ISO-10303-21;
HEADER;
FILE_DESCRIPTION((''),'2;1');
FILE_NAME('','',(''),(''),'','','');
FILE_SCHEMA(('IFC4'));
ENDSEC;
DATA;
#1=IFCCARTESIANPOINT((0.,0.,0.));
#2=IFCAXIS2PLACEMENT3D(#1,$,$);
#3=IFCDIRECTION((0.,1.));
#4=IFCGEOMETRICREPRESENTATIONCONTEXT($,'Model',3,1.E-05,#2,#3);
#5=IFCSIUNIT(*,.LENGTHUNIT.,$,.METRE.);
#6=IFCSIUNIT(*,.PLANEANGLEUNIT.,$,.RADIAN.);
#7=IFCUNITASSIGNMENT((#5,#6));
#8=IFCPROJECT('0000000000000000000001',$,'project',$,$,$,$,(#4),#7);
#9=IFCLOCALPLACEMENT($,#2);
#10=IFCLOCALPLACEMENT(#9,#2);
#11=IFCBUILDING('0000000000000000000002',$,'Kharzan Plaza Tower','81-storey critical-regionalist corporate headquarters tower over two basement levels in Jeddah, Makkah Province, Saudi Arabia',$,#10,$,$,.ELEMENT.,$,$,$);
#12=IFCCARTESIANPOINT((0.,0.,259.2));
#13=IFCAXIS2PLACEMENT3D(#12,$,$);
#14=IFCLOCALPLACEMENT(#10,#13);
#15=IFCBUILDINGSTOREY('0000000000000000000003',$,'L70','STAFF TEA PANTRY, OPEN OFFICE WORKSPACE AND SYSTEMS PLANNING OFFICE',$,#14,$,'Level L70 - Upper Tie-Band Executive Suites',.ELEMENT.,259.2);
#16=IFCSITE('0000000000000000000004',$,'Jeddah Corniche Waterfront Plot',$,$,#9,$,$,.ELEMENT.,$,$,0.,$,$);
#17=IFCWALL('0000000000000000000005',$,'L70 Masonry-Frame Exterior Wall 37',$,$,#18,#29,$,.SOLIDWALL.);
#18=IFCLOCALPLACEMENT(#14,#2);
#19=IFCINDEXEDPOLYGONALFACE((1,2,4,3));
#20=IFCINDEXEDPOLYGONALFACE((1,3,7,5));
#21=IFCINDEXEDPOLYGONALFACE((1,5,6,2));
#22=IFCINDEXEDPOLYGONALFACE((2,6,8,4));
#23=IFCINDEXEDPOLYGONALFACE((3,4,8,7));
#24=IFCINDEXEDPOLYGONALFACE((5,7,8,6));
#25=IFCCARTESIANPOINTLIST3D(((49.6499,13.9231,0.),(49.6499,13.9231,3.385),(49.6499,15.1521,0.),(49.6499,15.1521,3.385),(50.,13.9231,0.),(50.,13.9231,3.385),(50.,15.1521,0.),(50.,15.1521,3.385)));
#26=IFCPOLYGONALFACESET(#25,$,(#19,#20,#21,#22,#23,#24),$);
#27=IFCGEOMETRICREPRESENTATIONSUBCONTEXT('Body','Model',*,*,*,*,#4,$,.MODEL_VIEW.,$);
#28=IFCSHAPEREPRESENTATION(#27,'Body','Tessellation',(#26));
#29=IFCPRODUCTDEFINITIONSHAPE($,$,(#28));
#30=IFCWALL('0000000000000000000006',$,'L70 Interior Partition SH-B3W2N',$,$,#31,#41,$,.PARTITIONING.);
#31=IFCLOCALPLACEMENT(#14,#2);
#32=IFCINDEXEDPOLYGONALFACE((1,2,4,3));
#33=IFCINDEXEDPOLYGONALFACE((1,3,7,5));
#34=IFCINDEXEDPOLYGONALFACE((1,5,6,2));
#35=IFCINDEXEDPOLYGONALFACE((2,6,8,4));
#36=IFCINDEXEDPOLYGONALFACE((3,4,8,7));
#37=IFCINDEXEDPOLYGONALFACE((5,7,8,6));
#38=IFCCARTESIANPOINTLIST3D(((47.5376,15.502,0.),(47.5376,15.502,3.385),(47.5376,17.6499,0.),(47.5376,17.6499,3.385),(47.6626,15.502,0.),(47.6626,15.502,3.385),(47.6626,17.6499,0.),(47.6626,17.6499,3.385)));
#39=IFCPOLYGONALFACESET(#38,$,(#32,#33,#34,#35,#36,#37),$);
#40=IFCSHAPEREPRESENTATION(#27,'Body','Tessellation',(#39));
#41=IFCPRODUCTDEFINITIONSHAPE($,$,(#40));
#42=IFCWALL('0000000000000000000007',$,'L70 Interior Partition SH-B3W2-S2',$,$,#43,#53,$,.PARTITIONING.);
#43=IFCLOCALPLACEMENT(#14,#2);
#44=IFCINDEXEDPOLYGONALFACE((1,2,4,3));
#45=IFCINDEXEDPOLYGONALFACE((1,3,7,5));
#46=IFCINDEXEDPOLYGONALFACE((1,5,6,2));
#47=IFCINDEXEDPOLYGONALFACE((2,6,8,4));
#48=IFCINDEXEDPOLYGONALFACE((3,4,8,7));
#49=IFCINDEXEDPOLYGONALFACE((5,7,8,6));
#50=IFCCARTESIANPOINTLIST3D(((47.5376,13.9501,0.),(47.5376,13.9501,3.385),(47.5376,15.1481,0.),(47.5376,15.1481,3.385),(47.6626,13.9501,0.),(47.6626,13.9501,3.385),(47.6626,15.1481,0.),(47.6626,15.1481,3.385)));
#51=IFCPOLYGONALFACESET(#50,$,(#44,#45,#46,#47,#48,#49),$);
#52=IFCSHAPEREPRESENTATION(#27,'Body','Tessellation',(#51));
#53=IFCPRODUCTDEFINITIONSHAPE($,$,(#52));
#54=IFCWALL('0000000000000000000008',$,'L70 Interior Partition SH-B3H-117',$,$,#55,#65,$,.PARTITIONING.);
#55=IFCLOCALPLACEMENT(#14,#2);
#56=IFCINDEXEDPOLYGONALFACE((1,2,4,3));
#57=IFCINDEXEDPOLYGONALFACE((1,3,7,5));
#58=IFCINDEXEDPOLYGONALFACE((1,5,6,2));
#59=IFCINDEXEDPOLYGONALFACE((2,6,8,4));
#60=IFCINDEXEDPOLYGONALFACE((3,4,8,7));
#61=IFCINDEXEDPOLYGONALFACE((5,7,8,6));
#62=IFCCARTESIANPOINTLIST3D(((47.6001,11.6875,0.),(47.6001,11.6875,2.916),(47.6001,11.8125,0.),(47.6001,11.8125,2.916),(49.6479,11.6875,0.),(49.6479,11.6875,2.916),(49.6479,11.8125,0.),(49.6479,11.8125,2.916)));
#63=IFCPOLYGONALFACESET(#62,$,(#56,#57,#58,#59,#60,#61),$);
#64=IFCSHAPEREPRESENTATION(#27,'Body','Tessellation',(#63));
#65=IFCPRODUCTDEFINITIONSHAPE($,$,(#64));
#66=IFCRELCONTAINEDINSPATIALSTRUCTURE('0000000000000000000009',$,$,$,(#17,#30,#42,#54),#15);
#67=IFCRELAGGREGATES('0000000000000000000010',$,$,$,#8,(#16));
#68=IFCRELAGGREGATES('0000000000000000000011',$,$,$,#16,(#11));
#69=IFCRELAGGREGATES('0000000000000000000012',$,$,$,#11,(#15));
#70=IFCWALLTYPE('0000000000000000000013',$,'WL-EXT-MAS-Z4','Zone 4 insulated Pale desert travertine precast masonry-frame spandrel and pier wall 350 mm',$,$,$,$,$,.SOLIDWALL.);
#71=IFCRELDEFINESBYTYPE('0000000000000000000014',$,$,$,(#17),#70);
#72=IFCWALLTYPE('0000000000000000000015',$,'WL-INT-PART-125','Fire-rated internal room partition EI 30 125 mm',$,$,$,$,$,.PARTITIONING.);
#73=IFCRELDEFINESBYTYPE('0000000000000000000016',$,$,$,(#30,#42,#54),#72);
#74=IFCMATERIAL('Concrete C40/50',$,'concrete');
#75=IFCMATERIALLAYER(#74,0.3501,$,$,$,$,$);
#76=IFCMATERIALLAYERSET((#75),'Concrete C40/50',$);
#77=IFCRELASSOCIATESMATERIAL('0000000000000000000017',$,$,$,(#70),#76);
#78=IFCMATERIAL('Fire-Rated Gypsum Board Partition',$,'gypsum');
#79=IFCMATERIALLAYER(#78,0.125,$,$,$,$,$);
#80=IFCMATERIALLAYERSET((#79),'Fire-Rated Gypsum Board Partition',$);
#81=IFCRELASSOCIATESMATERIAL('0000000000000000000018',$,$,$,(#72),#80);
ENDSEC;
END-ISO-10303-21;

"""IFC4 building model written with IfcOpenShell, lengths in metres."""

from ifc_helpers import new_model, si_unit, direction, frame, frame_2d, origin, place, context, subcontext, project, spatial, rectangle, extrude, source, transform, mapped, material, layer, layer_set, type_object, element, save


model = new_model("IFC4")

# Units and contexts
model_context = context("Model", 3, precision=1e-05, world=origin(), true_north=direction((0.0, 1.0)))
body_context = subcontext(model_context, "Body", "Model", "MODEL_VIEW")
ifc_project = project(units=[si_unit("LENGTHUNIT", "METRE"), si_unit("PLANEANGLEUNIT", "RADIAN")], contexts=[model_context])

# Site, building, storey
site_placement = place(None, origin())
site = spatial("IfcSite", under=ifc_project, at=site_placement, Name="Jeddah Corniche Waterfront Plot", CompositionType="ELEMENT", RefElevation=0.0)
building_placement = place(site_placement, origin())
building = spatial("IfcBuilding", under=site, at=building_placement, Name="Kharzan Plaza Tower", Description="81-storey critical-regionalist corporate headquarters tower over two basement levels in Jeddah, Makkah Province, Saudi Arabia", CompositionType="ELEMENT")
storey_placement = place(building_placement, frame((0.0, 0.0, 259.2)))
storey = spatial("IfcBuildingStorey", under=building, at=storey_placement, Name="L70", Description="STAFF TEA PANTRY, OPEN OFFICE WORKSPACE AND SYSTEMS PLANNING OFFICE", LongName="Level L70 - Upper Tie-Band Executive Suites", CompositionType="ELEMENT", Elevation=259.2)

# Shared definitions
ifc_material_1 = material(Name="Concrete C40/50", Category="concrete")
ifc_layer_1 = layer(ifc_material_1, 0.3501)
ifc_layer_set_1 = layer_set([ifc_layer_1], Name="Concrete C40/50")
wall_type_1 = type_object("IfcWallType", Name="WL-EXT-MAS-Z4", Description="Zone 4 insulated Pale desert travertine precast masonry-frame spandrel and pier wall 350 mm", PredefinedType="SOLIDWALL", material=ifc_layer_set_1)

# Shared definitions
ifc_material_2 = material(Name="Fire-Rated Gypsum Board Partition", Category="gypsum")
ifc_layer_2 = layer(ifc_material_2, 0.125)
ifc_layer_set_2 = layer_set([ifc_layer_2], Name="Fire-Rated Gypsum Board Partition")
wall_type_2 = type_object("IfcWallType", Name="WL-INT-PART-125", Description="Fire-rated internal room partition EI 30 125 mm", PredefinedType="PARTITIONING", material=ifc_layer_set_2)

# Walls
shared_shape_1 = source(origin(), body_context, "Body", "SweptSolid", [
    extrude(rectangle(XDim=1.229, YDim=0.3501, at=frame_2d((0.6145, 0.0))), origin(), (0.0, 0.0, 1.0), 3.385),
])
wall_1_placement = place(storey_placement, frame((49.825, 13.9231, 0.0), z_axis=(0.0, 0.0, 1.0), x_axis=(0.0, 1.0, 0.0)))
element("IfcWall", 1, at=wall_1_placement, inside=storey, type_object=wall_type_1, Name="L70 Masonry-Frame Exterior Wall 37", PredefinedType="SOLIDWALL", context=body_context, shape_type="MappedRepresentation", body=[
    mapped(shared_shape_1, transform((0.0, 0.0, 0.0), x_axis=(1.0, 0.0, 0.0), y_axis=(0.0, 1.0, 0.0), z_axis=(0.0, 0.0, 1.0))),
])
shared_shape_2 = source(origin(), body_context, "Body", "SweptSolid", [
    extrude(rectangle(XDim=2.1479, YDim=0.125, at=frame_2d((1.074, 0.0))), origin(), (0.0, 0.0, 1.0), 3.385),
])
wall_2_placement = place(storey_placement, frame((47.6001, 15.502, 0.0), z_axis=(0.0, 0.0, 1.0), x_axis=(0.0, 1.0, 0.0)))
element("IfcWall", 2, at=wall_2_placement, inside=storey, type_object=wall_type_2, Name="L70 Interior Partition SH-B3W2N", PredefinedType="PARTITIONING", context=body_context, shape_type="MappedRepresentation", body=[
    mapped(shared_shape_2, transform((0.0, 0.0, 0.0), x_axis=(1.0, 0.0, 0.0), y_axis=(0.0, 1.0, 0.0), z_axis=(0.0, 0.0, 1.0))),
])
shared_shape_3 = source(origin(), body_context, "Body", "SweptSolid", [
    extrude(rectangle(XDim=1.198, YDim=0.125, at=frame_2d((0.5991, 0.0))), origin(), (0.0, 0.0, 1.0), 3.385),
])
wall_3_placement = place(storey_placement, frame((47.6001, 13.95, 0.0), z_axis=(0.0, 0.0, 1.0), x_axis=(0.0, 1.0, 0.0)))
element("IfcWall", 3, at=wall_3_placement, inside=storey, type_object=wall_type_2, Name="L70 Interior Partition SH-B3W2-S2", PredefinedType="PARTITIONING", context=body_context, shape_type="MappedRepresentation", body=[
    mapped(shared_shape_3, transform((0.0, 0.0, 0.0), x_axis=(1.0, 0.0, 0.0), y_axis=(0.0, 1.0, 0.0), z_axis=(0.0, 0.0, 1.0))),
])
shared_shape_4 = source(origin(), body_context, "Body", "SweptSolid", [
    extrude(rectangle(XDim=2.0479, YDim=0.125, at=frame_2d((1.0239, 0.0))), origin(), (0.0, 0.0, 1.0), 2.916),
])
wall_4_placement = place(storey_placement, frame((47.6001, 11.75, 0.0), z_axis=(0.0, 0.0, 1.0), x_axis=(1.0, 0.0, 0.0)))
element("IfcWall", 4, at=wall_4_placement, inside=storey, type_object=wall_type_2, Name="L70 Interior Partition SH-B3H-117", PredefinedType="PARTITIONING", context=body_context, shape_type="MappedRepresentation", body=[
    mapped(shared_shape_4, transform((0.0, 0.0, 0.0), x_axis=(1.0, 0.0, 0.0), y_axis=(0.0, 1.0, 0.0), z_axis=(0.0, 0.0, 1.0))),
])

save(model, "model.ifc")
